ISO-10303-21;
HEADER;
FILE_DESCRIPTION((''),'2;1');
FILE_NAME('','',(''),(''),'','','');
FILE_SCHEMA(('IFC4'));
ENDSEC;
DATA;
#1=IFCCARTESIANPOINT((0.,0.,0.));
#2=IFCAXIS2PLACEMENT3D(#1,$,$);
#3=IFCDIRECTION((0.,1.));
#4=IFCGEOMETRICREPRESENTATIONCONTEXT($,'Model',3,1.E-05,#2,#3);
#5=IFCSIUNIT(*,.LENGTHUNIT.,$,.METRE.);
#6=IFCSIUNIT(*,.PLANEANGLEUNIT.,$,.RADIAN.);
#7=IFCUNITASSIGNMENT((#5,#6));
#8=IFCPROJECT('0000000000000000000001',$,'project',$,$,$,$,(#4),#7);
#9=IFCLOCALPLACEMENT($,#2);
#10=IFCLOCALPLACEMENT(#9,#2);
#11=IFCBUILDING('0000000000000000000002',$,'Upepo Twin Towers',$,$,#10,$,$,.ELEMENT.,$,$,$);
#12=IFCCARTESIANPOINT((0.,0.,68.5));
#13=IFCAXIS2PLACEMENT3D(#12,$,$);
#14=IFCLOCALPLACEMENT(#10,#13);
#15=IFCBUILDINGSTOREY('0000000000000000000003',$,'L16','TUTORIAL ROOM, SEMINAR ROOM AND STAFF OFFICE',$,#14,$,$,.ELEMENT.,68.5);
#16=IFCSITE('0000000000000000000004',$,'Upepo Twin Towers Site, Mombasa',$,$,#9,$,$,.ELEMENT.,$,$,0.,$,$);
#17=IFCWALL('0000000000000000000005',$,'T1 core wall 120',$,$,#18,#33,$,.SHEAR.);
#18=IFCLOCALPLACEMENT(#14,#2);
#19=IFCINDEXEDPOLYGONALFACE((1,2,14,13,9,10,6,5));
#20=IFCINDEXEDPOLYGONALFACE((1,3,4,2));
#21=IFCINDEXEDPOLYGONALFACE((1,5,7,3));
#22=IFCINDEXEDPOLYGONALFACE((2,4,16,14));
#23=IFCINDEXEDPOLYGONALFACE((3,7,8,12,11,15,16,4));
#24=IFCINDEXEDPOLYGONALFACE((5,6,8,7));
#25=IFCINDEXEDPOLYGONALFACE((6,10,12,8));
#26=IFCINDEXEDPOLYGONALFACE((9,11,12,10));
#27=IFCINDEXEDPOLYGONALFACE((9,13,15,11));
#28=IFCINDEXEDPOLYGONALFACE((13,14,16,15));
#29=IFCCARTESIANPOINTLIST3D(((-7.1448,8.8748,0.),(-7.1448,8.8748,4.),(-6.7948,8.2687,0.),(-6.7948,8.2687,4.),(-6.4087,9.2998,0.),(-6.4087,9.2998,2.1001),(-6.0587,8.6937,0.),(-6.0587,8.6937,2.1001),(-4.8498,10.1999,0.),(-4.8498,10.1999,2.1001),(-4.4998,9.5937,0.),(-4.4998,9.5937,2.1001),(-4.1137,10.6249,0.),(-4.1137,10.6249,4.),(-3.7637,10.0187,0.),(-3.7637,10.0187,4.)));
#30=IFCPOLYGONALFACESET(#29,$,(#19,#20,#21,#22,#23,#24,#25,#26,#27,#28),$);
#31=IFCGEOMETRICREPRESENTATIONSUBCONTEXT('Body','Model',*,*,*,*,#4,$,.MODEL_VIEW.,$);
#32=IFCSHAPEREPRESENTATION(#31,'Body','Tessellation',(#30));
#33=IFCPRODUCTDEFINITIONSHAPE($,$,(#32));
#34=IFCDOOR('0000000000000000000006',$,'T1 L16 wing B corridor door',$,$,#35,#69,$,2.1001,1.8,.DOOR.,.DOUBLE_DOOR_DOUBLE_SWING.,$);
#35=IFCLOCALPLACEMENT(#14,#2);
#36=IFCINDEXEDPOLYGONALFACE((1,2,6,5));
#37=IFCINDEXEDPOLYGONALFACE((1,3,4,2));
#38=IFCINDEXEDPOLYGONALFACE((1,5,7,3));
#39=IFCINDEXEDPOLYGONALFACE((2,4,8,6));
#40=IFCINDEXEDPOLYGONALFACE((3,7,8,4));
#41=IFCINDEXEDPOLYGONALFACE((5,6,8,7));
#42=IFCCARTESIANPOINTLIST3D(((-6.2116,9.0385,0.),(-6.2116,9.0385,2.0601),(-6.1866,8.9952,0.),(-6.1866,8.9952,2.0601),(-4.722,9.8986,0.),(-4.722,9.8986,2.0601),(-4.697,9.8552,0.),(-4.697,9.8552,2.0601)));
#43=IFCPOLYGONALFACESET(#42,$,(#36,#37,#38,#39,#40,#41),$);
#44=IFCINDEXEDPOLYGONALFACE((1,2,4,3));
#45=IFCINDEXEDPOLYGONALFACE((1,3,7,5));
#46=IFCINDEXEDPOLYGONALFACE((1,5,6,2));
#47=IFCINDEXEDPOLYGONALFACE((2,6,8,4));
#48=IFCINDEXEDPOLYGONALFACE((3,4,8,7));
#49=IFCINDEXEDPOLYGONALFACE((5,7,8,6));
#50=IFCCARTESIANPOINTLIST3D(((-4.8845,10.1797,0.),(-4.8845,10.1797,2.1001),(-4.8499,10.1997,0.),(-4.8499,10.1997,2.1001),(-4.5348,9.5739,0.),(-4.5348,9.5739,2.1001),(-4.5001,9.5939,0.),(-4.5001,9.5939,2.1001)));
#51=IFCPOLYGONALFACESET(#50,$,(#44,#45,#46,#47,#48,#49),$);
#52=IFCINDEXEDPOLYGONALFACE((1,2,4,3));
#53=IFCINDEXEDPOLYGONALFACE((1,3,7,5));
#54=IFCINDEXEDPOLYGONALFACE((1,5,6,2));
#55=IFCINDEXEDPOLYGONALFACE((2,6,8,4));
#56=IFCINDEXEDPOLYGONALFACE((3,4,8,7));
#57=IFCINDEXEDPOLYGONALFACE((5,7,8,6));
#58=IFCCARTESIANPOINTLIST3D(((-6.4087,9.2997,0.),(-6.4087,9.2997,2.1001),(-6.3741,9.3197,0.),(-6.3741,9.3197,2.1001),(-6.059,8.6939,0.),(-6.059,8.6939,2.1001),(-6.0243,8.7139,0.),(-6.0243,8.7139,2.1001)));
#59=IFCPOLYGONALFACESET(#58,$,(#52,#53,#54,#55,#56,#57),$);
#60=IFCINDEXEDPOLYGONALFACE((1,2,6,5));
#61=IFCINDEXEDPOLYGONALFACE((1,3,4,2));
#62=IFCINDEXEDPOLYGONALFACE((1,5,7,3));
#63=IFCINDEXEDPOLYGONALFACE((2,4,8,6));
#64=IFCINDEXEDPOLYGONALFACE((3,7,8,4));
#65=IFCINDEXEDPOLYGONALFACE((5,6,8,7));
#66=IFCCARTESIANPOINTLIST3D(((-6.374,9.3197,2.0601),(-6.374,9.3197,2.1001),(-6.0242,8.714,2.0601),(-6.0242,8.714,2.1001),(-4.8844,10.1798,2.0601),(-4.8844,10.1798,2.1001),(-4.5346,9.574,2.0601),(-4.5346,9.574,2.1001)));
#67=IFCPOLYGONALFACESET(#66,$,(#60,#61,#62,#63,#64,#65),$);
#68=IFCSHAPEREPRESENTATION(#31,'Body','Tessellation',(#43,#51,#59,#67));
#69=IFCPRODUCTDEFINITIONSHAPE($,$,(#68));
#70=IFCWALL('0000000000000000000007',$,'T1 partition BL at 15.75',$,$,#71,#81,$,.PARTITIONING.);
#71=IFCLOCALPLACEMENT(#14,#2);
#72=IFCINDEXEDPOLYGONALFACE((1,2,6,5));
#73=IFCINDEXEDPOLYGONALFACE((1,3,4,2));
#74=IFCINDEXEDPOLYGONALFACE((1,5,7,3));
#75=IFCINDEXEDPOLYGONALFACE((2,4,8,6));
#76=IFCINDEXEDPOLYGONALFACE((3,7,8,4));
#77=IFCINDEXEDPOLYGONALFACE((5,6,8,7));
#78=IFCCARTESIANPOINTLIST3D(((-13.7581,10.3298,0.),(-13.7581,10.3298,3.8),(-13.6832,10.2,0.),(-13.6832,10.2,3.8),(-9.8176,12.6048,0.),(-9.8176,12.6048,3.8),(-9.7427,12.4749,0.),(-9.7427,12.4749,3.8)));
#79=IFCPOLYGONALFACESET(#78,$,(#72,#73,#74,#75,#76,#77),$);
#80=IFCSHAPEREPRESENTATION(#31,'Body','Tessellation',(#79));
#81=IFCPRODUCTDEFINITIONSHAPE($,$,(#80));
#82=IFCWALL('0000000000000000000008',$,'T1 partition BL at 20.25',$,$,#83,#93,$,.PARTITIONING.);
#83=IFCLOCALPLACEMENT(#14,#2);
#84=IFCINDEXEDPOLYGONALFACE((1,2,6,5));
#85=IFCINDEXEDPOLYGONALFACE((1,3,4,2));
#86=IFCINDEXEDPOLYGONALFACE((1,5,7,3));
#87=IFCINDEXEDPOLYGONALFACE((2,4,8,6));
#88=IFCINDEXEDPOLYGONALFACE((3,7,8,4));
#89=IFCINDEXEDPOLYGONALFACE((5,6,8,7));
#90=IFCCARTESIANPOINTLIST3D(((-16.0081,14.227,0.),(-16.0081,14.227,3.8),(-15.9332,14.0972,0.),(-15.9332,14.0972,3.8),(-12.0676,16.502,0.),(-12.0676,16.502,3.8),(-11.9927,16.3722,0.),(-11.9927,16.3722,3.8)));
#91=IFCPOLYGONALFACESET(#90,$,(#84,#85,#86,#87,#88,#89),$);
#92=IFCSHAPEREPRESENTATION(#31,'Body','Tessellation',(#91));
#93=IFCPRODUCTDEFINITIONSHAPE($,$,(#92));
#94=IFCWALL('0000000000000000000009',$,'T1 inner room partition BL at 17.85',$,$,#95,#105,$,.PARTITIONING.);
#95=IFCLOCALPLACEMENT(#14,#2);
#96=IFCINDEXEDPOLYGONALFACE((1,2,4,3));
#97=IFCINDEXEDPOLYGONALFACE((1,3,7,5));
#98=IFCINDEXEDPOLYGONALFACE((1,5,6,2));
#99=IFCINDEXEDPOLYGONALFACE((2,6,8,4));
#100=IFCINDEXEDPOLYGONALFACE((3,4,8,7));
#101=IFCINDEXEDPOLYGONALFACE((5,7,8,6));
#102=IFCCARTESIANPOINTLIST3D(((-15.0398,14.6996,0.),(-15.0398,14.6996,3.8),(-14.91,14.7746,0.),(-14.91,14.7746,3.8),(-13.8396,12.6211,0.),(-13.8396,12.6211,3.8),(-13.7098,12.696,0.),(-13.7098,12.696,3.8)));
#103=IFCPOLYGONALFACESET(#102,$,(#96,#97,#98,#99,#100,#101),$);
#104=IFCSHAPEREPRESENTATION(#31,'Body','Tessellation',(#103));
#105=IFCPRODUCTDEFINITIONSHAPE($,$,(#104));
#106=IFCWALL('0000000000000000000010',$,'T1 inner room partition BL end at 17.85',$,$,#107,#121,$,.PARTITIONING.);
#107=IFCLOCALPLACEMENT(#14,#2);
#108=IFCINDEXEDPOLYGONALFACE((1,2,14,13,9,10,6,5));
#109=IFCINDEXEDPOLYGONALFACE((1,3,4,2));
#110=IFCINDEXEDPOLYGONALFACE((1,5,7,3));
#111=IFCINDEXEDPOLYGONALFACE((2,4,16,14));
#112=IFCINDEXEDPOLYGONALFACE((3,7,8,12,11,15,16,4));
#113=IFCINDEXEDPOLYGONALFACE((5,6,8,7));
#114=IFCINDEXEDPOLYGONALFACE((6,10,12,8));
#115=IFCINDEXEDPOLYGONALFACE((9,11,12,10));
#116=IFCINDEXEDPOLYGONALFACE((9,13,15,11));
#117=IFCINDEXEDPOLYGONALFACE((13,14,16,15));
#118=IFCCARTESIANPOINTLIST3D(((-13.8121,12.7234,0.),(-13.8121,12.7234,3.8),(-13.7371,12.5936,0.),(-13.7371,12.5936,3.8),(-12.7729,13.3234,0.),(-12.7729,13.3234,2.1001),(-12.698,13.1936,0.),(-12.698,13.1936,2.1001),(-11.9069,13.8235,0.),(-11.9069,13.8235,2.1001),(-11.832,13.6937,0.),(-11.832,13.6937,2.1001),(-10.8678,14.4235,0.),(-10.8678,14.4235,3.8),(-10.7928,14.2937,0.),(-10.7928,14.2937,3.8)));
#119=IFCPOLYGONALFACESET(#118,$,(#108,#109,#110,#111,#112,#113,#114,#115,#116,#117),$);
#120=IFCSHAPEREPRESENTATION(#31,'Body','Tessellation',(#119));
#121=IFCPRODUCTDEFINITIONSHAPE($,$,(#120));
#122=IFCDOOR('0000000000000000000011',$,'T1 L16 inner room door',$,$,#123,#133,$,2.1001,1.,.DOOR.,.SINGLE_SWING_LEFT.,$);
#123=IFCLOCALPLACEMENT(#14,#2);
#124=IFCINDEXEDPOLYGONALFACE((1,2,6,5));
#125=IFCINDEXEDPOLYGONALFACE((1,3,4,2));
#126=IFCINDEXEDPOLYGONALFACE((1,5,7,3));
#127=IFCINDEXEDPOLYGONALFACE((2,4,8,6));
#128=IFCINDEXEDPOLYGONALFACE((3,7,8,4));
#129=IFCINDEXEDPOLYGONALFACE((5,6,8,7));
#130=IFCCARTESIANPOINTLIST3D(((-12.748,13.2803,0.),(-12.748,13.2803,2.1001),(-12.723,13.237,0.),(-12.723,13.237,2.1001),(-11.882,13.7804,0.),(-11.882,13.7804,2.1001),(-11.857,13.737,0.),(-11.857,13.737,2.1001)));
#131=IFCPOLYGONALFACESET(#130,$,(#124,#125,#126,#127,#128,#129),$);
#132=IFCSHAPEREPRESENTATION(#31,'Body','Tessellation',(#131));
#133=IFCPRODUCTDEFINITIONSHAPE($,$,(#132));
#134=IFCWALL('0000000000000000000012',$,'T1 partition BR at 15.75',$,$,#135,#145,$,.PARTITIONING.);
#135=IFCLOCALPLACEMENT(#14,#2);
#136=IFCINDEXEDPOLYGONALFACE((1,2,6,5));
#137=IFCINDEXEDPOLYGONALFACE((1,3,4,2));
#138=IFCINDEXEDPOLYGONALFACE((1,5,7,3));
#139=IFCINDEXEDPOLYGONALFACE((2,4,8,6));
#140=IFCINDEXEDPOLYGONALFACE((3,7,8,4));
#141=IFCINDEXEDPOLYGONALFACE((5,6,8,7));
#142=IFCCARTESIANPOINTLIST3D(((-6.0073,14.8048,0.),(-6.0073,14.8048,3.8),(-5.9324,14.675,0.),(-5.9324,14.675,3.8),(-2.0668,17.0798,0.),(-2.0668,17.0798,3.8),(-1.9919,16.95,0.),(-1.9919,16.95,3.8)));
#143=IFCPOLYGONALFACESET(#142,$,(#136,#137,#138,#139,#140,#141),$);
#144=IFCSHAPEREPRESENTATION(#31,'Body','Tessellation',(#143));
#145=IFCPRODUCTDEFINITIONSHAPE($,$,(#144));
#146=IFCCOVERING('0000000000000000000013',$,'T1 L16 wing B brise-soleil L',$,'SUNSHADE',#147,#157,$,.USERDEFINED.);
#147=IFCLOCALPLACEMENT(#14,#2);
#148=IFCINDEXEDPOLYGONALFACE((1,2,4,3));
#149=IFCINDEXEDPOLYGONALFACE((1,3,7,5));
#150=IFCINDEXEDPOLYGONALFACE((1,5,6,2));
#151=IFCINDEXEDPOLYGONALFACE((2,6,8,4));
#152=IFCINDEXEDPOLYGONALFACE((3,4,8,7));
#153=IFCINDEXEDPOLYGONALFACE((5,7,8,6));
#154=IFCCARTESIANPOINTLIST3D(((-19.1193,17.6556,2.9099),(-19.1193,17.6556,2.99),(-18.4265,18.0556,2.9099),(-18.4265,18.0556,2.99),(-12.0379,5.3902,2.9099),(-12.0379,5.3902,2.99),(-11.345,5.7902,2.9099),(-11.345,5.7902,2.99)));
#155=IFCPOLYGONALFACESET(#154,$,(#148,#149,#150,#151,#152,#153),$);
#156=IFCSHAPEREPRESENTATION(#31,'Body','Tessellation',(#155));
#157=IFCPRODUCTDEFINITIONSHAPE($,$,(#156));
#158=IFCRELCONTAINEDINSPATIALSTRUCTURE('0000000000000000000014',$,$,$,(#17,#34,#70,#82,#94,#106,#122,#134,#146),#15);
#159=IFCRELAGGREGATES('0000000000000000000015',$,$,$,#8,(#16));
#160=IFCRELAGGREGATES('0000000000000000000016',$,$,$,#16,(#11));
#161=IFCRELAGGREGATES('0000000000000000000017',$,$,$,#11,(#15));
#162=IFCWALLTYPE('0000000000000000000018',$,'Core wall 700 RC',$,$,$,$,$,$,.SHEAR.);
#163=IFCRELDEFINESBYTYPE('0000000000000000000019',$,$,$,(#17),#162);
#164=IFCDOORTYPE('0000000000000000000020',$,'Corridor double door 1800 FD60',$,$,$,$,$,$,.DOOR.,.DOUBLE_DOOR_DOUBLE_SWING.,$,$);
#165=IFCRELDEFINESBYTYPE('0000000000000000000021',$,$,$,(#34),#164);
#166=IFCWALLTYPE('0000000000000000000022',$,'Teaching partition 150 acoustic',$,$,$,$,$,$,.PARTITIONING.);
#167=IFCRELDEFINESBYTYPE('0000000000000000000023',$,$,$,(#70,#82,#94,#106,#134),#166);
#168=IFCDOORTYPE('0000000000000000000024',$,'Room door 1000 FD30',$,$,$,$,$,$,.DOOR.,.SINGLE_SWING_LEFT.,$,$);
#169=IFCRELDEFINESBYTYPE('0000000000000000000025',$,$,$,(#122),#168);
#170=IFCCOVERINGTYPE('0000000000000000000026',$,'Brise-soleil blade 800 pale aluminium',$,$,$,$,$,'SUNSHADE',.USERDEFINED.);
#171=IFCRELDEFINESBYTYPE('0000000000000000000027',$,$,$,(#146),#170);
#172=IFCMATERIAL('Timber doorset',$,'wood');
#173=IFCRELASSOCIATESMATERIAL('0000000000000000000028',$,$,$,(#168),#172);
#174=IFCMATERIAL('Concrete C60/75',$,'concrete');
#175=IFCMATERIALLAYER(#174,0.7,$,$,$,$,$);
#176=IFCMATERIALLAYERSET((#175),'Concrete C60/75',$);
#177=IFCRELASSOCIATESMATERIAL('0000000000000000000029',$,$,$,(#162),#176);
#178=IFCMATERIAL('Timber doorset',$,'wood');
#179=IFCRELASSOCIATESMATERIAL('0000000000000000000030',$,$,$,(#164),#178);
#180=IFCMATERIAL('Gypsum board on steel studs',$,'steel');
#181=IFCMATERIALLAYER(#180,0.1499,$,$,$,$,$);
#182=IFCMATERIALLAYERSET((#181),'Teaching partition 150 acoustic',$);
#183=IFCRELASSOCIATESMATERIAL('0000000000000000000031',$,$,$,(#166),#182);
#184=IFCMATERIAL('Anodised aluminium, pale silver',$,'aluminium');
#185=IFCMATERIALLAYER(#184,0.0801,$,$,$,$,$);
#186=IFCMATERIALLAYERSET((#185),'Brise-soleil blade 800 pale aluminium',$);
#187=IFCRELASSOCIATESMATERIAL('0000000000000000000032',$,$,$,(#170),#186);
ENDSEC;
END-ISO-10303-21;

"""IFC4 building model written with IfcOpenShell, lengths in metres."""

from ifc_helpers import new_model, si_unit, direction, frame, frame_2d, origin, origin_2d, place, context, subcontext, project, spatial, rectangle, extrude, material, layer, layer_set, type_object, element, fill, save


model = new_model("IFC4")

# Units and contexts
model_context = context("Model", 3, precision=1e-05, world=origin(), true_north=direction((0.0, 1.0)))
body_context = subcontext(model_context, "Body", "Model", "MODEL_VIEW")
ifc_project = project(units=[si_unit("LENGTHUNIT", "METRE"), si_unit("PLANEANGLEUNIT", "RADIAN")], contexts=[model_context])

# Site, building, storey
site_placement = place(None, origin())
site = spatial("IfcSite", under=ifc_project, at=site_placement, Name="Upepo Twin Towers Site, Mombasa", CompositionType="ELEMENT", RefElevation=0.0)
building_placement = place(site_placement, origin())
building = spatial("IfcBuilding", under=site, at=building_placement, Name="Upepo Twin Towers", CompositionType="ELEMENT")
storey_placement = place(building_placement, frame((0.0, 0.0, 68.5)))
storey = spatial("IfcBuildingStorey", under=building, at=storey_placement, Name="L16", Description="TUTORIAL ROOM, SEMINAR ROOM AND STAFF OFFICE", CompositionType="ELEMENT", Elevation=68.5)

# Shared definitions
ifc_material_1 = material(Name="Timber doorset", Category="wood")
door_type_1 = type_object("IfcDoorType", Name="Room door 1000 FD30", OperationType="SINGLE_SWING_LEFT", PredefinedType="DOOR", material=ifc_material_1)

# Wall, opening, door
ifc_material_2 = material(Name="Concrete C60/75", Category="concrete")
ifc_layer_1 = layer(ifc_material_2, 0.7)
ifc_layer_set_1 = layer_set([ifc_layer_1], Name="Concrete C60/75")
wall_type_1 = type_object("IfcWallType", Name="Core wall 700 RC", PredefinedType="SHEAR", material=ifc_layer_set_1)
wall_1_placement = place(storey_placement, frame((-3.9387, 10.3218, 0.0), z_axis=(0.0, 0.0, 1.0), x_axis=(-0.866019, -0.50001, 0.0)))
wall_1 = element("IfcWall", 1, at=wall_1_placement, inside=storey, type_object=wall_type_1, Name="T1 core wall 120", PredefinedType="SHEAR", context=body_context, shape_type="SweptSolid", body=[
    extrude(rectangle(XDim=3.5, YDim=0.7, at=frame_2d((1.75, 0.0))), origin(), (0.0, 0.0, 1.0), 4.0),
])
opening_1_placement = place(wall_1_placement, frame((0.8501, 0.0, 0.0)))
opening_1 = element("IfcOpeningElement", 2, at=opening_1_placement, cuts=wall_1, PredefinedType="OPENING", context=body_context, shape_type="SweptSolid", body=[
    extrude(rectangle(XDim=1.8, YDim=2.1001, at=frame_2d((0.8999, 1.05))), frame((0.0, 0.3599, 0.0), z_axis=(0.0, -1.0, 0.0), x_axis=(1.0, 0.0, 0.0)), (0.0, 0.0, 1.0), 0.72),
])
ifc_material_3 = material(Name="Timber doorset", Category="wood")
door_type_2 = type_object("IfcDoorType", Name="Corridor double door 1800 FD60", OperationType="DOUBLE_DOOR_DOUBLE_SWING", PredefinedType="DOOR", material=ifc_material_3)
door_1_placement = place(opening_1_placement, origin())
door_1 = element("IfcDoor", 3, at=door_1_placement, inside=storey, type_object=door_type_2, Name="T1 L16 wing B corridor door", OperationType="DOUBLE_DOOR_DOUBLE_SWING", OverallHeight=2.1001, OverallWidth=1.8, PredefinedType="DOOR", context=body_context, shape_type="SweptSolid", body=[
    extrude(rectangle(XDim=1.72, YDim=2.0601, at=frame_2d((0.8999, 1.03))), frame((0.0, 0.0249, 0.0), z_axis=(0.0, -1.0, 0.0), x_axis=(1.0, 0.0, 0.0)), (0.0, 0.0, 1.0), 0.05),
    extrude(rectangle(XDim=0.04, YDim=2.1001, at=frame_2d((0.02, 1.05))), frame((0.0, 0.3496, 0.0), z_axis=(0.0, -1.0, 0.0), x_axis=(1.0, 0.0, 0.0)), (0.0, 0.0, 1.0), 0.6995),
    extrude(rectangle(XDim=0.04, YDim=2.1001, at=frame_2d((1.78, 1.05))), frame((0.0, 0.3496, 0.0), z_axis=(0.0, -1.0, 0.0), x_axis=(1.0, 0.0, 0.0)), (0.0, 0.0, 1.0), 0.6995),
    extrude(rectangle(XDim=1.72, YDim=0.04, at=frame_2d((0.8999, 2.0801))), frame((0.0, 0.3496, 0.0), z_axis=(0.0, -1.0, 0.0), x_axis=(1.0, 0.0, 0.0)), (0.0, 0.0, 1.0), 0.6995),
])
fill(opening_1, door_1)

# Walls
ifc_material_4 = material(Name="Gypsum board on steel studs", Category="steel")
ifc_layer_2 = layer(ifc_material_4, 0.1499)
ifc_layer_set_2 = layer_set([ifc_layer_2], Name="Teaching partition 150 acoustic")
wall_type_2 = type_object("IfcWallType", Name="Teaching partition 150 acoustic", PredefinedType="PARTITIONING", material=ifc_layer_set_2)
for number, where, z_axis, x_axis, name in (
    (4, (-9.7803, 12.5398, 0.0), (0.0, 0.0, 1.0), (-0.866035, -0.499983, 0.0), "T1 partition BL at 15.75"),
    (5, (-12.0303, 16.437, 0.0), (0.0, 0.0, 1.0), (-0.866035, -0.499983, 0.0), "T1 partition BL at 20.25"),
):
    element("IfcWall", number, at=place(storey_placement, frame(where, z_axis=z_axis, x_axis=x_axis)), inside=storey, type_object=wall_type_2, Name=name, PredefinedType="PARTITIONING", context=body_context, shape_type="SweptSolid", body=[
        extrude(rectangle(XDim=4.55, YDim=0.1499, at=frame_2d((2.2749, 0.0))), origin(), (0.0, 0.0, 1.0), 3.8),
    ])
wall_2_placement = place(storey_placement, frame((-13.7747, 12.6584, 0.0), z_axis=(0.0, 0.0, 1.0), x_axis=(-0.500034, 0.866006, 0.0)))
element("IfcWall", 6, at=wall_2_placement, inside=storey, type_object=wall_type_2, Name="T1 inner room partition BL at 17.85", PredefinedType="PARTITIONING", context=body_context, shape_type="SweptSolid", body=[
    extrude(rectangle(XDim=2.4001, YDim=0.1499, at=frame_2d((1.2002, 0.0))), origin(), (0.0, 0.0, 1.0), 3.8),
])

# Wall, opening, door
wall_3_placement = place(storey_placement, frame((-10.8303, 14.3586, 0.0), z_axis=(0.0, 0.0, 1.0), x_axis=(-0.865989, -0.500062, 0.0)))
wall_3 = element("IfcWall", 7, at=wall_3_placement, inside=storey, type_object=wall_type_2, Name="T1 inner room partition BL end at 17.85", PredefinedType="PARTITIONING", context=body_context, shape_type="SweptSolid", body=[
    extrude(rectangle(XDim=3.3999, YDim=0.1499, at=frame_2d((1.7, 0.0))), origin(), (0.0, 0.0, 1.0), 3.8),
])
opening_2_placement = place(wall_3_placement, frame((1.2, 0.0, 0.0)))
opening_2 = element("IfcOpeningElement", 8, at=opening_2_placement, cuts=wall_3, PredefinedType="OPENING", context=body_context, shape_type="SweptSolid", body=[
    extrude(rectangle(XDim=1.0, YDim=2.1001, at=frame_2d((0.5, 1.05))), frame((0.0, 0.085, 0.0), z_axis=(0.0, -1.0, 0.0), x_axis=(1.0, 0.0, 0.0)), (0.0, 0.0, 1.0), 0.1699),
])
door_2_placement = place(opening_2_placement, origin())
door_2 = element("IfcDoor", 9, at=door_2_placement, inside=storey, type_object=door_type_1, Name="T1 L16 inner room door", OperationType="SINGLE_SWING_LEFT", OverallHeight=2.1001, OverallWidth=1.0, PredefinedType="DOOR", context=body_context, shape_type="SweptSolid", body=[
    extrude(rectangle(XDim=1.0, YDim=2.1001, at=frame_2d((0.5, 1.05))), frame((0.0, 0.0249, 0.0), z_axis=(0.0, -1.0, 0.0), x_axis=(1.0, 0.0, 0.0)), (0.0, 0.0, 1.0), 0.05),
])
fill(opening_2, door_2)

# Wall
wall_4_placement = place(storey_placement, frame((-5.9697, 14.74, 0.0), z_axis=(0.0, 0.0, 1.0), x_axis=(0.866035, 0.499983, 0.0)))
element("IfcWall", 10, at=wall_4_placement, inside=storey, type_object=wall_type_2, Name="T1 partition BR at 15.75", PredefinedType="PARTITIONING", context=body_context, shape_type="SweptSolid", body=[
    extrude(rectangle(XDim=4.55, YDim=0.1499, at=frame_2d((2.2749, 0.0))), origin(), (0.0, 0.0, 1.0), 3.8),
])

# Covering
ifc_material_5 = material(Name="Anodised aluminium, pale silver", Category="aluminium")
ifc_layer_3 = layer(ifc_material_5, 0.0801)
ifc_layer_set_3 = layer_set([ifc_layer_3], Name="Brise-soleil blade 800 pale aluminium")
covering_type = type_object("IfcCoveringType", Name="Brise-soleil blade 800 pale aluminium", ElementType="SUNSHADE", PredefinedType="USERDEFINED", material=ifc_layer_set_3)
covering_placement = place(storey_placement, frame((-15.2322, 11.7229, 2.9099), z_axis=(0.0, 0.0, 1.0), x_axis=(-0.5, 0.866025, 0.0)))
element("IfcCovering", 11, at=covering_placement, inside=storey, type_object=covering_type, Name="T1 L16 wing B brise-soleil L", ObjectType="SUNSHADE", PredefinedType="USERDEFINED", context=body_context, shape_type="SweptSolid", body=[
    extrude(rectangle(XDim=14.1628, YDim=0.8, at=origin_2d()), origin(), (0.0, 0.0, 1.0), 0.0801),
])

save(model, "model.ifc")
